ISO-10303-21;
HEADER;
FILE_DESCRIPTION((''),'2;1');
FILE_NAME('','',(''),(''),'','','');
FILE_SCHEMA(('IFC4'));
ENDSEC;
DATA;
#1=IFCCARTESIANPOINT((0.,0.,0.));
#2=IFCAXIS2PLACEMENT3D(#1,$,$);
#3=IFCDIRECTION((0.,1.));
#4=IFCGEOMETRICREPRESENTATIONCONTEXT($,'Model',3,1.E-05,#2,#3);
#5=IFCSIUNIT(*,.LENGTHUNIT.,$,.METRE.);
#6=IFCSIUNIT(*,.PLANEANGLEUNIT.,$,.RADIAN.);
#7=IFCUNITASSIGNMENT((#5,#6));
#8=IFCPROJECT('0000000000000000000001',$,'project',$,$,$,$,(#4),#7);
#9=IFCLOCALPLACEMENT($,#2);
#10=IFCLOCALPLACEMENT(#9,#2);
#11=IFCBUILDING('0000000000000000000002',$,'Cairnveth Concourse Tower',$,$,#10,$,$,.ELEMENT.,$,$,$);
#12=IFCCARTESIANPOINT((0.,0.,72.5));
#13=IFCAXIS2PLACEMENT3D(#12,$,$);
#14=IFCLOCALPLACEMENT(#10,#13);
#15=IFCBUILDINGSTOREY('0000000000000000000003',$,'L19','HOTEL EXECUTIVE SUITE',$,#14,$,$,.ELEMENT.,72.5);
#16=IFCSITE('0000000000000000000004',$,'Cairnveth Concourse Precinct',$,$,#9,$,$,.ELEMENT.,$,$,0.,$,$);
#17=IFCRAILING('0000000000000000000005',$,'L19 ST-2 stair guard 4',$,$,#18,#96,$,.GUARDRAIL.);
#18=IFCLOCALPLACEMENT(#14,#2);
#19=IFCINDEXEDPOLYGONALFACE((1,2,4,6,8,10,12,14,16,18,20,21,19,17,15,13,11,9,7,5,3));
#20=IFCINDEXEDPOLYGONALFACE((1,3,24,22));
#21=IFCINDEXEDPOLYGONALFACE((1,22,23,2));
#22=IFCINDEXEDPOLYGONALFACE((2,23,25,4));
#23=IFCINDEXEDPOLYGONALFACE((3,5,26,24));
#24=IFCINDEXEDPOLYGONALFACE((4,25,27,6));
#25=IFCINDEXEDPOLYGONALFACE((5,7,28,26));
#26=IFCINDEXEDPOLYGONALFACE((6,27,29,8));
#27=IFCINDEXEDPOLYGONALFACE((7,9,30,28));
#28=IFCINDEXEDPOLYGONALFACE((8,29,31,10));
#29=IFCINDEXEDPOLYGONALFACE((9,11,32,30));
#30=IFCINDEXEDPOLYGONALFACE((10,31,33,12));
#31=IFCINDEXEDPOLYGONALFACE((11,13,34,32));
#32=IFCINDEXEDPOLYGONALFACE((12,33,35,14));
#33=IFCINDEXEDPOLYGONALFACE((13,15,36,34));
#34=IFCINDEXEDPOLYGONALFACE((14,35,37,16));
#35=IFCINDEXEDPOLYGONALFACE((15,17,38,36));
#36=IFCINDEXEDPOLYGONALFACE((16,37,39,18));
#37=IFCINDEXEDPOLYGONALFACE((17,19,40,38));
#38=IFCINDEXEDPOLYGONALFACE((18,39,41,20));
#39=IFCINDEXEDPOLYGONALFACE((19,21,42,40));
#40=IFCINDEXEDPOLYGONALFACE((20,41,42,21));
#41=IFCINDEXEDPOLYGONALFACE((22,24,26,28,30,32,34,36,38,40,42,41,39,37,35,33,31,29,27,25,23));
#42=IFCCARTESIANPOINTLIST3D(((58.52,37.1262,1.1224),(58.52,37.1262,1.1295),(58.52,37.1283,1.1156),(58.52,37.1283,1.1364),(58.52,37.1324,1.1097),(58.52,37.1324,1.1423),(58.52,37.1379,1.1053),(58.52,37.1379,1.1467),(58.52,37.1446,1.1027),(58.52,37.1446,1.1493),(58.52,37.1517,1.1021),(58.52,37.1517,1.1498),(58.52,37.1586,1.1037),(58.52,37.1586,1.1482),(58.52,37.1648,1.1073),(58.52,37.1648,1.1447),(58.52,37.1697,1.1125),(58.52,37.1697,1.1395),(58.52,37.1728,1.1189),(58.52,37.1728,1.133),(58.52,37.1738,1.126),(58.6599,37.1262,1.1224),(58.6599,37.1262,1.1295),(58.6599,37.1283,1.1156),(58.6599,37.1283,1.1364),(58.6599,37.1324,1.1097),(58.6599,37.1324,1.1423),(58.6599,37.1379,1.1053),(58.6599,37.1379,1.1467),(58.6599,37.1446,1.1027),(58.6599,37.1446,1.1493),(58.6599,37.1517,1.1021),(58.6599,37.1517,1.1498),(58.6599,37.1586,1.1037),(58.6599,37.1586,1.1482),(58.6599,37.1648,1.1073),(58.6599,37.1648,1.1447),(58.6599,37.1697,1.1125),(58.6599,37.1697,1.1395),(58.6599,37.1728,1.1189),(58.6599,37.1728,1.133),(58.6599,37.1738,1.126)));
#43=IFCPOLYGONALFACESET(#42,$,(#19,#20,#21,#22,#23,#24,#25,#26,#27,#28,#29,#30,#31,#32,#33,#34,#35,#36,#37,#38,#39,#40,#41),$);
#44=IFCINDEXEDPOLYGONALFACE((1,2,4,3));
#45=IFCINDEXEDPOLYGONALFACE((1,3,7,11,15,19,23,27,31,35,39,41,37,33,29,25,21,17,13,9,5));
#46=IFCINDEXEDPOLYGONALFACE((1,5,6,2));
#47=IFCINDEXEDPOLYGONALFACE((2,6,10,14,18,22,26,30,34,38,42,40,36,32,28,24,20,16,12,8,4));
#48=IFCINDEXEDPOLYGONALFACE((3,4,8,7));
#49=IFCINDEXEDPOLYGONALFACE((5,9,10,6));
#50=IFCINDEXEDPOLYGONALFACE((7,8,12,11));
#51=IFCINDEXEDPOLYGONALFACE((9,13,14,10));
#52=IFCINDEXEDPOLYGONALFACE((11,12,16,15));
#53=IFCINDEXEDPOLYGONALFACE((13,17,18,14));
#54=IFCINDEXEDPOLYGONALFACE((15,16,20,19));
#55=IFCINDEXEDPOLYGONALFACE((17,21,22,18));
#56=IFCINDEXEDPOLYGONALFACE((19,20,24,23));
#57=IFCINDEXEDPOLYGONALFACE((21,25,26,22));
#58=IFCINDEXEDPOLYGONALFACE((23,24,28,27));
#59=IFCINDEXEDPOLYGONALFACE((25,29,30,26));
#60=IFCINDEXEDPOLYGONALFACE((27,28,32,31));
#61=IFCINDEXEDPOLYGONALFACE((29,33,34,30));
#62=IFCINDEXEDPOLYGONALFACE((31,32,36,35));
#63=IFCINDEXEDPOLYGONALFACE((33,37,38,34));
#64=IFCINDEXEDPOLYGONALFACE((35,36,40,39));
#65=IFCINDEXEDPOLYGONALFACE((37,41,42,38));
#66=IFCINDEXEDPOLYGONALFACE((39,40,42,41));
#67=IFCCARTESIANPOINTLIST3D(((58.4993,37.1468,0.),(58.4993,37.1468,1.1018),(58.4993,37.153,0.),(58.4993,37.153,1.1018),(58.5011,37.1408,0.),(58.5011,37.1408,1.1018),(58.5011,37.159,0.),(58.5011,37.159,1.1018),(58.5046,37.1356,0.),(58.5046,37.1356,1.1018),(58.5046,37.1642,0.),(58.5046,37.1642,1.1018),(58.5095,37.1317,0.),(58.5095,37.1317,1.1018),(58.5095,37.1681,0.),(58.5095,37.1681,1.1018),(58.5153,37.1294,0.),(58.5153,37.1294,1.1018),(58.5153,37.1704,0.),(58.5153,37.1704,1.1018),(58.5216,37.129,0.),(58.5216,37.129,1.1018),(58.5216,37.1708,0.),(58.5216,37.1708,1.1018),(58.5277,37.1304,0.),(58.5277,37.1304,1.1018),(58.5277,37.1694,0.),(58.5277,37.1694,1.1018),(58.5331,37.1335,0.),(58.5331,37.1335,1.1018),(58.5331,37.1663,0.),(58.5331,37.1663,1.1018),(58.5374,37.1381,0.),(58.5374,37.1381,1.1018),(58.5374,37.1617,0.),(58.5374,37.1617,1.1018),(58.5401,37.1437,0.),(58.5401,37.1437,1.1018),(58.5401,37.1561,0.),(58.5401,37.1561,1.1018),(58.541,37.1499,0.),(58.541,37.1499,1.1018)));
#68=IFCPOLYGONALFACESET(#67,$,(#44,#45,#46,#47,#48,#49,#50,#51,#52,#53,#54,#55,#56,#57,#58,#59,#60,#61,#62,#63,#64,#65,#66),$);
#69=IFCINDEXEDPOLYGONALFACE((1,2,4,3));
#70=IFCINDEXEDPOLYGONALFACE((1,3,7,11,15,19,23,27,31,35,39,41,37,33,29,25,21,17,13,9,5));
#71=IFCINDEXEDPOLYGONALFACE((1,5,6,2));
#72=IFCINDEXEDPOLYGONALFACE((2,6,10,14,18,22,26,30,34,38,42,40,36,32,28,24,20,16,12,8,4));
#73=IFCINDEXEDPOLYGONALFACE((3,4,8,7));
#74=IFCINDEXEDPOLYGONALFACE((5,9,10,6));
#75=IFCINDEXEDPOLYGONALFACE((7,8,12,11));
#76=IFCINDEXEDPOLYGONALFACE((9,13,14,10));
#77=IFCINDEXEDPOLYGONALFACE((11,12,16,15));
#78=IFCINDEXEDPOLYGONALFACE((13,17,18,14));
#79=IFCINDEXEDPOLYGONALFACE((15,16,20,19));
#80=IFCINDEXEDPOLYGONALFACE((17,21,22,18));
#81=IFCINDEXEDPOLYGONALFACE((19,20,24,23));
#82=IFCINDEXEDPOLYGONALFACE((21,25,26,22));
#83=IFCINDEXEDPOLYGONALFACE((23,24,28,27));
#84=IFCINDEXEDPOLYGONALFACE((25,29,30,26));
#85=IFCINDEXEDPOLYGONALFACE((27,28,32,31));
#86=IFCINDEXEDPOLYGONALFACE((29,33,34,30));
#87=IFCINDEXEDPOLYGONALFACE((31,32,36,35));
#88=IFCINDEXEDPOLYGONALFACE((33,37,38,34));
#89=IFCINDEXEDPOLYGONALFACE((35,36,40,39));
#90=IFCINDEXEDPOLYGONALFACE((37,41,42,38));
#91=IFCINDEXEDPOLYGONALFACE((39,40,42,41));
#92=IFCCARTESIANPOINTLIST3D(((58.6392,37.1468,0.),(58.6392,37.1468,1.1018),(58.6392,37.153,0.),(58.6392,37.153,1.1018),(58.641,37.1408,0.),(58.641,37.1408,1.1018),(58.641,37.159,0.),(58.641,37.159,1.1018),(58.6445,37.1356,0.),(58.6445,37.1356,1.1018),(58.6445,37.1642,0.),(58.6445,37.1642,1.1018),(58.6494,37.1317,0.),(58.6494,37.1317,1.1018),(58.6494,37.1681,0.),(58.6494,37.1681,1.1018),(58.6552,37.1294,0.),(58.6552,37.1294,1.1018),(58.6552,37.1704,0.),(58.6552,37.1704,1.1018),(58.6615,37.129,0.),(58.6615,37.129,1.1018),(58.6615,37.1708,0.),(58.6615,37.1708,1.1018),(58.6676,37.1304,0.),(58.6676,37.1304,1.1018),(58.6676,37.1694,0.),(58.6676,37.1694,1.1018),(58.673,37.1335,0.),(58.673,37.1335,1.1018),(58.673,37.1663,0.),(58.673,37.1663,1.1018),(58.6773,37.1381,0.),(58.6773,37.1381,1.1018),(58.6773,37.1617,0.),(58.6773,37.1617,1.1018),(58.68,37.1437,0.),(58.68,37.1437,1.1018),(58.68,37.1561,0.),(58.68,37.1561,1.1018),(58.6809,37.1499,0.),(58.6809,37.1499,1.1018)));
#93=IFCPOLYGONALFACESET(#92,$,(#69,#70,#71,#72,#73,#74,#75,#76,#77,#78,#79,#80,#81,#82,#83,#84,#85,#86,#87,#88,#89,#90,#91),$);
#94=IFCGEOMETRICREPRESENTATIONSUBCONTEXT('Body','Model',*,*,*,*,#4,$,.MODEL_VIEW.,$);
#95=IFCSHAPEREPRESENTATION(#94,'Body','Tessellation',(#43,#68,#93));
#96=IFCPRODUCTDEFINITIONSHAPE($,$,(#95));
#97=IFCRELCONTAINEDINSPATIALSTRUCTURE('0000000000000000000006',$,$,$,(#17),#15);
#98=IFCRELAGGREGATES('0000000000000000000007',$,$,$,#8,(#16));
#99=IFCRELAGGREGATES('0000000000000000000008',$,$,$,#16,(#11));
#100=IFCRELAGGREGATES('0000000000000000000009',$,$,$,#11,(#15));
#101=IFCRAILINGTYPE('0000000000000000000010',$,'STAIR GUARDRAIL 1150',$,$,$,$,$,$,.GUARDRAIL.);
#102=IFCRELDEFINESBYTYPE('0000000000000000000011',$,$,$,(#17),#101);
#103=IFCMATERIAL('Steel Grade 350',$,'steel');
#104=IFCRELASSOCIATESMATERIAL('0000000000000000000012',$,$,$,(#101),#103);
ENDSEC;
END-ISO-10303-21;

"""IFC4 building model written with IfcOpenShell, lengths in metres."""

from ifc_helpers import new_model, si_unit, direction, frame, origin, origin_2d, place, context, subcontext, project, spatial, circle, extrude, material, type_object, element, save


model = new_model("IFC4")

# Units and contexts
model_context = context("Model", 3, precision=1e-05, world=origin(), true_north=direction((0.0, 1.0)))
body_context = subcontext(model_context, "Body", "Model", "MODEL_VIEW")
ifc_project = project(units=[si_unit("LENGTHUNIT", "METRE"), si_unit("PLANEANGLEUNIT", "RADIAN")], contexts=[model_context])

# Site, building, storey
site_placement = place(None, origin())
site = spatial("IfcSite", under=ifc_project, at=site_placement, Name="Cairnveth Concourse Precinct", CompositionType="ELEMENT", RefElevation=0.0)
building_placement = place(site_placement, origin())
building = spatial("IfcBuilding", under=site, at=building_placement, Name="Cairnveth Concourse Tower", CompositionType="ELEMENT")
storey_placement = place(building_placement, frame((0.0, 0.0, 72.5)))
storey = spatial("IfcBuildingStorey", under=building, at=storey_placement, Name="L19", Description="HOTEL EXECUTIVE SUITE", CompositionType="ELEMENT", Elevation=72.5)

# Shared definitions
ifc_material_1 = material(Name="Steel Grade 350", Category="steel")

# Railing
railing_type_1 = type_object("IfcRailingType", Name="STAIR GUARDRAIL 1150", PredefinedType="GUARDRAIL", material=ifc_material_1)
railing_1_placement = place(storey_placement, frame((58.52, 37.1499, 0.0)))
element("IfcRailing", 1, at=railing_1_placement, inside=storey, type_object=railing_type_1, Name="L19 ST-2 stair guard 4", PredefinedType="GUARDRAIL", context=body_context, shape_type="SweptSolid", body=[
    extrude(circle(Radius=0.0239, at=origin_2d()), frame((0.0, 0.0, 1.126), z_axis=(1.0, 0.0, 0.0), x_axis=(0.0, 1.0, 0.0)), (0.0, 0.0, 1.0), 0.1399),
    extrude(circle(Radius=0.021, at=origin_2d()), origin(), (0.0, 0.0, 1.0), 1.1018),
    extrude(circle(Radius=0.021, at=origin_2d()), frame((0.1399, 0.0, 0.0)), (0.0, 0.0, 1.0), 1.1018),
])

save(model, "model.ifc")
